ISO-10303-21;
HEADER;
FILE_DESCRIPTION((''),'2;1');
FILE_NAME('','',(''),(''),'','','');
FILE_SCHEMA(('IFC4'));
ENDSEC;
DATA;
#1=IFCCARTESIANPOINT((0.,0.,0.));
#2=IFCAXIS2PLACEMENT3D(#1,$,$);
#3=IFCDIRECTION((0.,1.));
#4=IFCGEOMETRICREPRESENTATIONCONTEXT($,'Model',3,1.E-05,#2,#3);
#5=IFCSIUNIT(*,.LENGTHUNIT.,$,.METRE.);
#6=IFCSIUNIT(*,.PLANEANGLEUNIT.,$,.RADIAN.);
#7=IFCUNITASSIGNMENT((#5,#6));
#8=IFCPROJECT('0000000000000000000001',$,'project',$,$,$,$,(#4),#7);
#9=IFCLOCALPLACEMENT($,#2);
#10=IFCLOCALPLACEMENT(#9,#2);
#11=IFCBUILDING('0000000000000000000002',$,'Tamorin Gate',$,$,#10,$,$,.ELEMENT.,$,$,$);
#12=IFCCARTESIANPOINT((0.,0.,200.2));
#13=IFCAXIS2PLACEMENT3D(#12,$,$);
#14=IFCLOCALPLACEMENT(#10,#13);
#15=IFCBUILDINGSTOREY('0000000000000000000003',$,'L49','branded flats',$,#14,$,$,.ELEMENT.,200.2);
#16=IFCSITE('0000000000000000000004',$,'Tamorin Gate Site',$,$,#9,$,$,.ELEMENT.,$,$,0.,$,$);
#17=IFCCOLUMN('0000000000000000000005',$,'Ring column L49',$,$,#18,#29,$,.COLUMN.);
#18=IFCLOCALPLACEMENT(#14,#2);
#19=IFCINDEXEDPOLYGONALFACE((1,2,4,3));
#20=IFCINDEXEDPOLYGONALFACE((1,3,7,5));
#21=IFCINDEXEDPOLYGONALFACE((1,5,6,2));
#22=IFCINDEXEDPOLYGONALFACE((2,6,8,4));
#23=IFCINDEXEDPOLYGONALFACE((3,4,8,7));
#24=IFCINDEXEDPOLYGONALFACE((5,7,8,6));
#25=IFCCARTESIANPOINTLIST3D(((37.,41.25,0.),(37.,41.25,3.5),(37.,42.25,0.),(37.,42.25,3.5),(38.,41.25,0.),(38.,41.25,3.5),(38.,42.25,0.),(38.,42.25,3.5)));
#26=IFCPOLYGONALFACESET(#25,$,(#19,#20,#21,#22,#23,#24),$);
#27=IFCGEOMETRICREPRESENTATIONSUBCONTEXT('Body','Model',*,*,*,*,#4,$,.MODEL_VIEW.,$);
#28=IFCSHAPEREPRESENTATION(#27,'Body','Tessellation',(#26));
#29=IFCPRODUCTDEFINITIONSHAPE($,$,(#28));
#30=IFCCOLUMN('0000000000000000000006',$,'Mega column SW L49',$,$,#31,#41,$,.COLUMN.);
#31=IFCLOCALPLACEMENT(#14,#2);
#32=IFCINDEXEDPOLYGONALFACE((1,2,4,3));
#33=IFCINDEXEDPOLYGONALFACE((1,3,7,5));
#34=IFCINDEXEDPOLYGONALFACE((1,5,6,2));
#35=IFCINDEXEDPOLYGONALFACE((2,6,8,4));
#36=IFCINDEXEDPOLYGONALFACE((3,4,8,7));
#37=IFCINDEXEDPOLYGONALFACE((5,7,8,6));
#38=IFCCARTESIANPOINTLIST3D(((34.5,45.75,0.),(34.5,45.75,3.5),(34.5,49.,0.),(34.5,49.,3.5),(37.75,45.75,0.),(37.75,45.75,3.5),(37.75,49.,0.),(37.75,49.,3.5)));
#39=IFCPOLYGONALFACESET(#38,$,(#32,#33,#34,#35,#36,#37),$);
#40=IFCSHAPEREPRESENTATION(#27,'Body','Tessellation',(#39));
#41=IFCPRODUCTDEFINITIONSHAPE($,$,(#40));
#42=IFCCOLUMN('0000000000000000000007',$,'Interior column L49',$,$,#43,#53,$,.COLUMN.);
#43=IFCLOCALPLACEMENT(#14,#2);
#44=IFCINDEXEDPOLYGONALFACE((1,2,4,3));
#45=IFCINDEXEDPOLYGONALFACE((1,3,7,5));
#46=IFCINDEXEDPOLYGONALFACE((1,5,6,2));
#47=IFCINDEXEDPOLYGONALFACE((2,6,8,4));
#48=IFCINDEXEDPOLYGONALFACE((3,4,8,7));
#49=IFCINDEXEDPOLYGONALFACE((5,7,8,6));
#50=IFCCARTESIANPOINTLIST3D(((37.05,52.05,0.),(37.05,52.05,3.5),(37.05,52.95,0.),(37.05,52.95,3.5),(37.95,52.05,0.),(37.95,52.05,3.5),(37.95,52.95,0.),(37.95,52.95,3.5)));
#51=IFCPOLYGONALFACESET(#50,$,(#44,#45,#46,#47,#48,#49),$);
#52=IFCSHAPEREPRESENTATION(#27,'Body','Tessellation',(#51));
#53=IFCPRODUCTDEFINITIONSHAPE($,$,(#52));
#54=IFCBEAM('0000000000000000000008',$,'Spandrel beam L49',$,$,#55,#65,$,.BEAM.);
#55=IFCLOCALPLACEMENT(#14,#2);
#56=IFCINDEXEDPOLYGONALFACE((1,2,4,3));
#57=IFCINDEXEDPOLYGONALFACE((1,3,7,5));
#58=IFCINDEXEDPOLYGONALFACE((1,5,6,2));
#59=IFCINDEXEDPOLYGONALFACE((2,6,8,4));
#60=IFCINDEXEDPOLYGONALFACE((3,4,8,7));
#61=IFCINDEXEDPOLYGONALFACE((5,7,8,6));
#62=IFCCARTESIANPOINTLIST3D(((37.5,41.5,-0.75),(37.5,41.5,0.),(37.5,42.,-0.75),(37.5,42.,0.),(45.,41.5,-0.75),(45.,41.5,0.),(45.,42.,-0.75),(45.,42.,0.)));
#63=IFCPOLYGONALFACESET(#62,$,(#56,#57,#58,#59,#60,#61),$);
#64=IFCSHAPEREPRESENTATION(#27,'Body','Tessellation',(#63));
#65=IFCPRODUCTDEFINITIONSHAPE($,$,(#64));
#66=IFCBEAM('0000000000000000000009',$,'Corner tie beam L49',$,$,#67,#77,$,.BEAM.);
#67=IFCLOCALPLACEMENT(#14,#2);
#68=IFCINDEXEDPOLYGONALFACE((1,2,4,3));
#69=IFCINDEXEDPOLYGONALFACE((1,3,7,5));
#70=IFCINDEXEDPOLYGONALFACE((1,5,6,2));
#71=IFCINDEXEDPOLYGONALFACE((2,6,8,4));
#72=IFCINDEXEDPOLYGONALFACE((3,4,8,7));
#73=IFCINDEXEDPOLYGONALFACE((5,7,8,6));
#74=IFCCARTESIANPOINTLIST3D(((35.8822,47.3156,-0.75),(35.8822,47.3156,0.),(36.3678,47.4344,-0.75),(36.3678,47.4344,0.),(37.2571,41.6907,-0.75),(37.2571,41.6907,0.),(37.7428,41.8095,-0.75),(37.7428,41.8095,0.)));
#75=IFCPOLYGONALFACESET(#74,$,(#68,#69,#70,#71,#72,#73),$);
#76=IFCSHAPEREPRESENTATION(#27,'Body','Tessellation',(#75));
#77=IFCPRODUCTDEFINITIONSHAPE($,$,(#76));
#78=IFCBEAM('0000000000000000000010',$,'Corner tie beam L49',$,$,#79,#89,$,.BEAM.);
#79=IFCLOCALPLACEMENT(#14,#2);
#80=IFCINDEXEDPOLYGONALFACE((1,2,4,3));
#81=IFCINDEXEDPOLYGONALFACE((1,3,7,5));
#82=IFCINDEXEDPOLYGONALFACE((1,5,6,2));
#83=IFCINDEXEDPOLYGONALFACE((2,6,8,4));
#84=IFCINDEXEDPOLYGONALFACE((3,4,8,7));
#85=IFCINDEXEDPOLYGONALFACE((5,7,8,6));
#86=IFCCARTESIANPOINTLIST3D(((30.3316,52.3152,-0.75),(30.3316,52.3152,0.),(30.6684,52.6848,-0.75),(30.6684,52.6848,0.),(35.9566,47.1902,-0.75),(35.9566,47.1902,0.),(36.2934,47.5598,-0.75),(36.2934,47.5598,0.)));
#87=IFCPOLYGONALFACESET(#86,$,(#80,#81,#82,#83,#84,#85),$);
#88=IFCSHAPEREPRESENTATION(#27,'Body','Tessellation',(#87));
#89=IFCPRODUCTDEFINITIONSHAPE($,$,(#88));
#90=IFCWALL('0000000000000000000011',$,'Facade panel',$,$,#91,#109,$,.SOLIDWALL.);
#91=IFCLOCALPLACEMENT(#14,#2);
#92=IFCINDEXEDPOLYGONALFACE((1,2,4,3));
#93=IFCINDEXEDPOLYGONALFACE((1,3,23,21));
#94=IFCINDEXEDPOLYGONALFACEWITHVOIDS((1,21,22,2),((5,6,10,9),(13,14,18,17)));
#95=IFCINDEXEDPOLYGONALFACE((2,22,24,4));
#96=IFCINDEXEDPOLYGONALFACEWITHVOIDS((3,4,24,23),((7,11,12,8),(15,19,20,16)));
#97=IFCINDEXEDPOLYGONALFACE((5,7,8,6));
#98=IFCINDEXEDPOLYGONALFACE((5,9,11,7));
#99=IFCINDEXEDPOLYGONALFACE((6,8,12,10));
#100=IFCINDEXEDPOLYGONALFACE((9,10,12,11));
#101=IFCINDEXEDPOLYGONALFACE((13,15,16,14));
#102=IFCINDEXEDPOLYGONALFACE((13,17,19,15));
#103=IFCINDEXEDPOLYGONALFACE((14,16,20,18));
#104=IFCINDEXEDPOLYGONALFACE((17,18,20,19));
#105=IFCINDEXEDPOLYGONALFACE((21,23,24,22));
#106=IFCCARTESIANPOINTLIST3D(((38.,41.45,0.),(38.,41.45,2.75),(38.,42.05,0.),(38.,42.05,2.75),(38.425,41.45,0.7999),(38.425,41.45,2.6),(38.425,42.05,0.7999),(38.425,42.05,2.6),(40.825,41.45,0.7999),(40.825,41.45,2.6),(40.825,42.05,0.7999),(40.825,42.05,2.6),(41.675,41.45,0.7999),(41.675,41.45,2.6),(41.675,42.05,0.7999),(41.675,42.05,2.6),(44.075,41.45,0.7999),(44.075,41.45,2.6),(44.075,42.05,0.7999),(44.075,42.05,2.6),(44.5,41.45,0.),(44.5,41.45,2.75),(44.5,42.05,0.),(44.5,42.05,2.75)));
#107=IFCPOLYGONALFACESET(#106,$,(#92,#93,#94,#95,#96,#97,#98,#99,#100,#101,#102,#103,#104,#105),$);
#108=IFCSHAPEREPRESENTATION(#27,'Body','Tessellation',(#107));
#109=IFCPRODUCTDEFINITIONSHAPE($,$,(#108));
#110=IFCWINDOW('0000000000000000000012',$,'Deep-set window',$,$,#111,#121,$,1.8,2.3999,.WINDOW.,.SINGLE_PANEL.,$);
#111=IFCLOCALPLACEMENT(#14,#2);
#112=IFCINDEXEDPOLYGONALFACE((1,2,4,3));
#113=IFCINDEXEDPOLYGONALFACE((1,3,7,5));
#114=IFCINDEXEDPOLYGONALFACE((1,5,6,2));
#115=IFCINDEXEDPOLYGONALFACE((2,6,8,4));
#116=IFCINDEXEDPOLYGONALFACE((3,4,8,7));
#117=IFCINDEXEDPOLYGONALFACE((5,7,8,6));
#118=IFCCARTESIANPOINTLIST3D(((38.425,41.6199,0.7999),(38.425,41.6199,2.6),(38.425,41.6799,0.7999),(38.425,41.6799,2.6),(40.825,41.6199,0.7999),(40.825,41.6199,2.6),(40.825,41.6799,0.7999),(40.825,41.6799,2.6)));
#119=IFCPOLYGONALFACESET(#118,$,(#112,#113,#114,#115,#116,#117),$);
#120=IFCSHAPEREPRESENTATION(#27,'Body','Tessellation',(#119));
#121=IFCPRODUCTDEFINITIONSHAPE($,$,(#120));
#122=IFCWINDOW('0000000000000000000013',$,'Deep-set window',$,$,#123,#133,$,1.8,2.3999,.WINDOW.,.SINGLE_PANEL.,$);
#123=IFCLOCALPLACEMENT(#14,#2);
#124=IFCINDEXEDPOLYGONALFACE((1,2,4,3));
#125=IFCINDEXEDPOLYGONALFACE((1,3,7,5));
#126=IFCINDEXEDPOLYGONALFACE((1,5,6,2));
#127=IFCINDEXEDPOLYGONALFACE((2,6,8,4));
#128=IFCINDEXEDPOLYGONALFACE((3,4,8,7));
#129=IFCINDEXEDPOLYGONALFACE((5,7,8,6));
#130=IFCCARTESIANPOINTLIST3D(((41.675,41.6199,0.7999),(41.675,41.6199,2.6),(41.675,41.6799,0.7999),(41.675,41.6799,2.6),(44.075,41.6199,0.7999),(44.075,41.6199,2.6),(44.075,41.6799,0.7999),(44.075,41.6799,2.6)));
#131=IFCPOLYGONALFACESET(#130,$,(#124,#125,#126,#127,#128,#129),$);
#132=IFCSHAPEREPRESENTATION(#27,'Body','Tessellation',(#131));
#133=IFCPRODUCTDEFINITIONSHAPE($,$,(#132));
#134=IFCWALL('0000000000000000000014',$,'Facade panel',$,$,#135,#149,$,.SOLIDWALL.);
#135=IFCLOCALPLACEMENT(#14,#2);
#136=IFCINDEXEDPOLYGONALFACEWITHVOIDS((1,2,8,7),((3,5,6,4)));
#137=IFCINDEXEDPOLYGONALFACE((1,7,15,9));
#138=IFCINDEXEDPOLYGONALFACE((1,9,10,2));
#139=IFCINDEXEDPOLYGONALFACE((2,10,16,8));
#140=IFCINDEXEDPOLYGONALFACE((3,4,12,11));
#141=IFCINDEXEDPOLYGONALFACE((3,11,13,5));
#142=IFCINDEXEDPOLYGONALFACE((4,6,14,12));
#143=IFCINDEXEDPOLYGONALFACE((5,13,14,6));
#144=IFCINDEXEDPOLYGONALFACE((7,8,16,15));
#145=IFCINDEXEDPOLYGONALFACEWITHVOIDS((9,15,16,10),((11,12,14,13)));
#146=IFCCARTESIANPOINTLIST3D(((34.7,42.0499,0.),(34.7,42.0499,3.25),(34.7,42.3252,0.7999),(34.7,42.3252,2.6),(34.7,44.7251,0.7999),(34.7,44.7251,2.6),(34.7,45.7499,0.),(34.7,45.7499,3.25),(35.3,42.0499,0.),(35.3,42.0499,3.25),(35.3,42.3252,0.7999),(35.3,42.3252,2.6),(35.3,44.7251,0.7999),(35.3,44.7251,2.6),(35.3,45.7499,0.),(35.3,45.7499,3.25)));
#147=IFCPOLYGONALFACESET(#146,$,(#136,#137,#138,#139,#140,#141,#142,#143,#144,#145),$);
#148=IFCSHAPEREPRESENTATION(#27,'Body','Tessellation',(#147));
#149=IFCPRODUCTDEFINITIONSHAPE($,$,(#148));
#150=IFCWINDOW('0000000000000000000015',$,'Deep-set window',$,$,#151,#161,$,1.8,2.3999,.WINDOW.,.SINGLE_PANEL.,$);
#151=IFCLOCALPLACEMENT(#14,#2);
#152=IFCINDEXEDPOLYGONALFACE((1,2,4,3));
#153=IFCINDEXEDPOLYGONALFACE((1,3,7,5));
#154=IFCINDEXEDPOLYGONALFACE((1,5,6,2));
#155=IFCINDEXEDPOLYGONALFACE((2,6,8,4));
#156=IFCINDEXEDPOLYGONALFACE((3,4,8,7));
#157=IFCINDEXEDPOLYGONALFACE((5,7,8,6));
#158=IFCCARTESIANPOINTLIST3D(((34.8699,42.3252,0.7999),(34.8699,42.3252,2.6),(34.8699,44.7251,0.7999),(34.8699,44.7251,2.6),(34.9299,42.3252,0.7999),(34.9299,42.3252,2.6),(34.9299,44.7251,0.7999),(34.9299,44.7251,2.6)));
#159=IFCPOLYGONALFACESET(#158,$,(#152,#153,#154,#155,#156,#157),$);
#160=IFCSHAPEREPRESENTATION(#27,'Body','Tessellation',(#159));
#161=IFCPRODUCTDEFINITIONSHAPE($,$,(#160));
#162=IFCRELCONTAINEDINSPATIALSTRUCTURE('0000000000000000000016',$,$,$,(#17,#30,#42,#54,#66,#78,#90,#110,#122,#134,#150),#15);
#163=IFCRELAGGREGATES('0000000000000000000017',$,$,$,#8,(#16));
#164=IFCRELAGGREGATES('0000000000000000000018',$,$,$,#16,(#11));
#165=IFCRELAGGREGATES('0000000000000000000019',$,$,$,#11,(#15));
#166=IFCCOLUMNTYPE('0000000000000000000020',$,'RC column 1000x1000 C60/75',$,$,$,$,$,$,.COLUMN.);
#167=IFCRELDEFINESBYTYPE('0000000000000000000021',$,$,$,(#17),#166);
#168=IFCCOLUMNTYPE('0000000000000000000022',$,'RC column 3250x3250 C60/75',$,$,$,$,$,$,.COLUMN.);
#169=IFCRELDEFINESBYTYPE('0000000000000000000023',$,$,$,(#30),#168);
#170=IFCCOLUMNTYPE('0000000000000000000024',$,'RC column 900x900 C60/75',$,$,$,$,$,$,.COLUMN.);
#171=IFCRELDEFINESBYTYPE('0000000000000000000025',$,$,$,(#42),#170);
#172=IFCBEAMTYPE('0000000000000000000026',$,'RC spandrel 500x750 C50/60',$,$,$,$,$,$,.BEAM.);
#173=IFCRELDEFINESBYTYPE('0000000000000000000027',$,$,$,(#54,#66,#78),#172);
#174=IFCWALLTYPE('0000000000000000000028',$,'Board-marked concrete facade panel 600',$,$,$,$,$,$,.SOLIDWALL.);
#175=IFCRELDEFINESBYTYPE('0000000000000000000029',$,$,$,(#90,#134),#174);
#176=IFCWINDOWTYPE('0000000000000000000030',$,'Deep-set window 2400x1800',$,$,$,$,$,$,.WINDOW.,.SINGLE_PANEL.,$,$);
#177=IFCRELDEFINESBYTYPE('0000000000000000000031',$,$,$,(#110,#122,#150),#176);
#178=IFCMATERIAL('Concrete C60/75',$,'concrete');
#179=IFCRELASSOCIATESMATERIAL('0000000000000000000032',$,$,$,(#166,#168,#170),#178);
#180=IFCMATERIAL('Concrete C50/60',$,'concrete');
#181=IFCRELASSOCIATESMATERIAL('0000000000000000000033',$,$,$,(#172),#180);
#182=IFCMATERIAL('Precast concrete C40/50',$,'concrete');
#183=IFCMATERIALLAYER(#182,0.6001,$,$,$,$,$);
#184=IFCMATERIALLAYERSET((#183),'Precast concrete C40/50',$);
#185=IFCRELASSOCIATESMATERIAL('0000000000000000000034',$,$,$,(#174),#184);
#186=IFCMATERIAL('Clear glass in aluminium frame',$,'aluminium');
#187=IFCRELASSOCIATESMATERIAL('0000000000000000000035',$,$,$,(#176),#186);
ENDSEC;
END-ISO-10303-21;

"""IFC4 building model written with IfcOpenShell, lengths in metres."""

from ifc_helpers import new_model, si_unit, direction, frame, frame_2d, origin, origin_2d, place, context, subcontext, project, spatial, rectangle, extrude, material, layer, layer_set, material_profile, profile_set, type_object, element, fill, save


model = new_model("IFC4")

# Units and contexts
model_context = context("Model", 3, precision=1e-05, world=origin(), true_north=direction((0.0, 1.0)))
body_context = subcontext(model_context, "Body", "Model", "MODEL_VIEW")
ifc_project = project(units=[si_unit("LENGTHUNIT", "METRE"), si_unit("PLANEANGLEUNIT", "RADIAN")], contexts=[model_context])

# Site, building, storey
site_placement = place(None, origin())
site = spatial("IfcSite", under=ifc_project, at=site_placement, Name="Tamorin Gate Site", CompositionType="ELEMENT", RefElevation=0.0)
building_placement = place(site_placement, origin())
building = spatial("IfcBuilding", under=site, at=building_placement, Name="Tamorin Gate", CompositionType="ELEMENT")
storey_placement = place(building_placement, frame((0.0, 0.0, 200.2)))
storey = spatial("IfcBuildingStorey", under=building, at=storey_placement, Name="L49", Description="branded flats", CompositionType="ELEMENT", Elevation=200.2)

# Columns
ifc_material_1 = material(Name="Concrete C60/75", Category="concrete")
ifc_material_profile_1 = material_profile(ifc_material_1, rectangle(XDim=1.0, YDim=1.0, at=origin_2d()), Name="RC 1000x1000")
ifc_profile_set_1 = profile_set([ifc_material_profile_1], Name="Concrete C60/75")
column_type_1 = type_object("IfcColumnType", Name="RC column 1000x1000 C60/75", PredefinedType="COLUMN", material=ifc_profile_set_1)
column_1_placement = place(storey_placement, frame((37.5, 41.75, 0.0), z_axis=(0.0, 0.0, 1.0), x_axis=(1.0, 0.0, 0.0)))
element("IfcColumn", 1, at=column_1_placement, inside=storey, type_object=column_type_1, Name="Ring column L49", PredefinedType="COLUMN", context=body_context, shape_type="SweptSolid", body=[
    extrude(rectangle(XDim=1.0, YDim=1.0, at=origin_2d()), origin(), (0.0, 0.0, 1.0), 3.5),
])
ifc_material_profile_2 = material_profile(ifc_material_1, rectangle(XDim=3.25, YDim=3.25, at=origin_2d()), Name="RC 3250x3250")
ifc_profile_set_2 = profile_set([ifc_material_profile_2], Name="Concrete C60/75")
column_type_2 = type_object("IfcColumnType", Name="RC column 3250x3250 C60/75", PredefinedType="COLUMN", material=ifc_profile_set_2)
column_2_placement = place(storey_placement, frame((36.125, 47.375, 0.0), z_axis=(0.0, 0.0, 1.0), x_axis=(1.0, 0.0, 0.0)))
element("IfcColumn", 2, at=column_2_placement, inside=storey, type_object=column_type_2, Name="Mega column SW L49", PredefinedType="COLUMN", context=body_context, shape_type="SweptSolid", body=[
    extrude(rectangle(XDim=3.25, YDim=3.25, at=origin_2d()), origin(), (0.0, 0.0, 1.0), 3.5),
])
ifc_material_profile_3 = material_profile(ifc_material_1, rectangle(XDim=0.8999, YDim=0.8999, at=origin_2d()), Name="RC 900x900")
ifc_profile_set_3 = profile_set([ifc_material_profile_3], Name="Concrete C60/75")
column_type_3 = type_object("IfcColumnType", Name="RC column 900x900 C60/75", PredefinedType="COLUMN", material=ifc_profile_set_3)
column_3_placement = place(storey_placement, frame((37.5, 52.5, 0.0), z_axis=(0.0, 0.0, 1.0), x_axis=(1.0, 0.0, 0.0)))
element("IfcColumn", 3, at=column_3_placement, inside=storey, type_object=column_type_3, Name="Interior column L49", PredefinedType="COLUMN", context=body_context, shape_type="SweptSolid", body=[
    extrude(rectangle(XDim=0.8999, YDim=0.8999, at=origin_2d()), origin(), (0.0, 0.0, 1.0), 3.5),
])

# Beams
ifc_material_2 = material(Name="Concrete C50/60", Category="concrete")
ifc_material_profile_4 = material_profile(ifc_material_2, rectangle(XDim=0.5, YDim=0.75, at=origin_2d()), Name="RC 500x750")
ifc_profile_set_4 = profile_set([ifc_material_profile_4], Name="Concrete C50/60")
beam_type = type_object("IfcBeamType", Name="RC spandrel 500x750 C50/60", PredefinedType="BEAM", material=ifc_profile_set_4)
beam_1_placement = place(storey_placement, frame((37.5, 41.75, -0.375), z_axis=(1.0, 0.0, 0.0), x_axis=(0.0, 1.0, 0.0)))
element("IfcBeam", 4, at=beam_1_placement, inside=storey, type_object=beam_type, Name="Spandrel beam L49", PredefinedType="BEAM", context=body_context, shape_type="SweptSolid", body=[
    extrude(rectangle(XDim=0.5, YDim=0.75, at=origin_2d()), origin(), (0.0, 0.0, 1.0), 7.5),
])
beam_2_placement = place(storey_placement, frame((36.125, 47.375, -0.375), z_axis=(0.237453, -0.971399, 0.0), x_axis=(0.971399, 0.237453, 0.0)))
element("IfcBeam", 5, at=beam_2_placement, inside=storey, type_object=beam_type, Name="Corner tie beam L49", PredefinedType="BEAM", context=body_context, shape_type="SweptSolid", body=[
    extrude(rectangle(XDim=0.5, YDim=0.75, at=origin_2d()), origin(), (0.0, 0.0, 1.0), 5.7905),
])
beam_3_placement = place(storey_placement, frame((36.125, 47.375, -0.375), z_axis=(-0.739196, 0.67349, 0.0), x_axis=(-0.67349, -0.739196, 0.0)))
element("IfcBeam", 6, at=beam_3_placement, inside=storey, type_object=beam_type, Name="Corner tie beam L49", PredefinedType="BEAM", context=body_context, shape_type="SweptSolid", body=[
    extrude(rectangle(XDim=0.5, YDim=0.75, at=origin_2d()), origin(), (0.0, 0.0, 1.0), 7.6096),
])

# Wall, openings, windows
ifc_material_3 = material(Name="Precast concrete C40/50", Category="concrete")
ifc_layer_1 = layer(ifc_material_3, 0.6001)
ifc_layer_set_1 = layer_set([ifc_layer_1], Name="Precast concrete C40/50")
wall_type_1 = type_object("IfcWallType", Name="Board-marked concrete facade panel 600", PredefinedType="SOLIDWALL", material=ifc_layer_set_1)
wall_1_placement = place(storey_placement, frame((38.0, 41.75, 0.0), z_axis=(0.0, 0.0, 1.0), x_axis=(1.0, 0.0, 0.0)))
wall_1 = element("IfcWall", 7, at=wall_1_placement, inside=storey, type_object=wall_type_1, Name="Facade panel", PredefinedType="SOLIDWALL", context=body_context, shape_type="SweptSolid", body=[
    extrude(rectangle(XDim=6.5, YDim=0.6001, at=frame_2d((3.25, 0.0))), origin(), (0.0, 0.0, 1.0), 2.75),
])
opening_1_placement = place(wall_1_placement, frame((0.425, 0.0, 0.8)))
opening_1 = element("IfcOpeningElement", 8, at=opening_1_placement, cuts=wall_1, PredefinedType="OPENING", context=body_context, shape_type="SweptSolid", body=[
    extrude(rectangle(XDim=2.3999, YDim=1.8, at=frame_2d((1.2, 0.8999))), frame((0.0, 0.3101, 0.0), z_axis=(0.0, -1.0, 0.0), x_axis=(1.0, 0.0, 0.0)), (0.0, 0.0, 1.0), 0.6201),
])
opening_2_placement = place(wall_1_placement, frame((3.675, 0.0, 0.8)))
opening_2 = element("IfcOpeningElement", 9, at=opening_2_placement, cuts=wall_1, PredefinedType="OPENING", context=body_context, shape_type="SweptSolid", body=[
    extrude(rectangle(XDim=2.3999, YDim=1.8, at=frame_2d((1.2, 0.8999))), frame((0.0, 0.3101, 0.0), z_axis=(0.0, -1.0, 0.0), x_axis=(1.0, 0.0, 0.0)), (0.0, 0.0, 1.0), 0.6201),
])
ifc_material_4 = material(Name="Clear glass in aluminium frame", Category="aluminium")
window_type = type_object("IfcWindowType", Name="Deep-set window 2400x1800", PartitioningType="SINGLE_PANEL", PredefinedType="WINDOW", material=ifc_material_4)
window_1_placement = place(opening_1_placement, origin())
window_1 = element("IfcWindow", 10, at=window_1_placement, inside=storey, type_object=window_type, Name="Deep-set window", OverallHeight=1.8, OverallWidth=2.3999, PartitioningType="SINGLE_PANEL", PredefinedType="WINDOW", context=body_context, shape_type="SweptSolid", body=[
    extrude(rectangle(XDim=2.3999, YDim=1.8, at=frame_2d((1.2, 0.8999))), frame((0.0, -0.0701, 0.0), z_axis=(0.0, -1.0, 0.0), x_axis=(1.0, 0.0, 0.0)), (0.0, 0.0, 1.0), 0.0601),
])
fill(opening_1, window_1)
window_2_placement = place(opening_2_placement, origin())
window_2 = element("IfcWindow", 11, at=window_2_placement, inside=storey, type_object=window_type, Name="Deep-set window", OverallHeight=1.8, OverallWidth=2.3999, PartitioningType="SINGLE_PANEL", PredefinedType="WINDOW", context=body_context, shape_type="SweptSolid", body=[
    extrude(rectangle(XDim=2.3999, YDim=1.8, at=frame_2d((1.2, 0.8999))), frame((0.0, -0.0701, 0.0), z_axis=(0.0, -1.0, 0.0), x_axis=(1.0, 0.0, 0.0)), (0.0, 0.0, 1.0), 0.0601),
])
fill(opening_2, window_2)

# Wall, opening, window
wall_2_placement = place(storey_placement, frame((35.0, 45.75, 0.0), z_axis=(0.0, 0.0, 1.0), x_axis=(0.0, -1.0, 0.0)))
wall_2 = element("IfcWall", 12, at=wall_2_placement, inside=storey, type_object=wall_type_1, Name="Facade panel", PredefinedType="SOLIDWALL", context=body_context, shape_type="SweptSolid", body=[
    extrude(rectangle(XDim=3.7, YDim=0.6001, at=frame_2d((1.8501, 0.0))), origin(), (0.0, 0.0, 1.0), 3.25),
])
opening_3_placement = place(wall_2_placement, frame((1.0249, 0.0, 0.8)))
opening_3 = element("IfcOpeningElement", 13, at=opening_3_placement, cuts=wall_2, PredefinedType="OPENING", context=body_context, shape_type="SweptSolid", body=[
    extrude(rectangle(XDim=2.3999, YDim=1.8, at=frame_2d((1.2, 0.8999))), frame((0.0, 0.3101, 0.0), z_axis=(0.0, -1.0, 0.0), x_axis=(1.0, 0.0, 0.0)), (0.0, 0.0, 1.0), 0.6201),
])
window_3_placement = place(opening_3_placement, origin())
window_3 = element("IfcWindow", 14, at=window_3_placement, inside=storey, type_object=window_type, Name="Deep-set window", OverallHeight=1.8, OverallWidth=2.3999, PartitioningType="SINGLE_PANEL", PredefinedType="WINDOW", context=body_context, shape_type="SweptSolid", body=[
    extrude(rectangle(XDim=2.3999, YDim=1.8, at=frame_2d((1.2, 0.8999))), frame((0.0, -0.0701, 0.0), z_axis=(0.0, -1.0, 0.0), x_axis=(1.0, 0.0, 0.0)), (0.0, 0.0, 1.0), 0.0601),
])
fill(opening_3, window_3)

save(model, "model.ifc")
